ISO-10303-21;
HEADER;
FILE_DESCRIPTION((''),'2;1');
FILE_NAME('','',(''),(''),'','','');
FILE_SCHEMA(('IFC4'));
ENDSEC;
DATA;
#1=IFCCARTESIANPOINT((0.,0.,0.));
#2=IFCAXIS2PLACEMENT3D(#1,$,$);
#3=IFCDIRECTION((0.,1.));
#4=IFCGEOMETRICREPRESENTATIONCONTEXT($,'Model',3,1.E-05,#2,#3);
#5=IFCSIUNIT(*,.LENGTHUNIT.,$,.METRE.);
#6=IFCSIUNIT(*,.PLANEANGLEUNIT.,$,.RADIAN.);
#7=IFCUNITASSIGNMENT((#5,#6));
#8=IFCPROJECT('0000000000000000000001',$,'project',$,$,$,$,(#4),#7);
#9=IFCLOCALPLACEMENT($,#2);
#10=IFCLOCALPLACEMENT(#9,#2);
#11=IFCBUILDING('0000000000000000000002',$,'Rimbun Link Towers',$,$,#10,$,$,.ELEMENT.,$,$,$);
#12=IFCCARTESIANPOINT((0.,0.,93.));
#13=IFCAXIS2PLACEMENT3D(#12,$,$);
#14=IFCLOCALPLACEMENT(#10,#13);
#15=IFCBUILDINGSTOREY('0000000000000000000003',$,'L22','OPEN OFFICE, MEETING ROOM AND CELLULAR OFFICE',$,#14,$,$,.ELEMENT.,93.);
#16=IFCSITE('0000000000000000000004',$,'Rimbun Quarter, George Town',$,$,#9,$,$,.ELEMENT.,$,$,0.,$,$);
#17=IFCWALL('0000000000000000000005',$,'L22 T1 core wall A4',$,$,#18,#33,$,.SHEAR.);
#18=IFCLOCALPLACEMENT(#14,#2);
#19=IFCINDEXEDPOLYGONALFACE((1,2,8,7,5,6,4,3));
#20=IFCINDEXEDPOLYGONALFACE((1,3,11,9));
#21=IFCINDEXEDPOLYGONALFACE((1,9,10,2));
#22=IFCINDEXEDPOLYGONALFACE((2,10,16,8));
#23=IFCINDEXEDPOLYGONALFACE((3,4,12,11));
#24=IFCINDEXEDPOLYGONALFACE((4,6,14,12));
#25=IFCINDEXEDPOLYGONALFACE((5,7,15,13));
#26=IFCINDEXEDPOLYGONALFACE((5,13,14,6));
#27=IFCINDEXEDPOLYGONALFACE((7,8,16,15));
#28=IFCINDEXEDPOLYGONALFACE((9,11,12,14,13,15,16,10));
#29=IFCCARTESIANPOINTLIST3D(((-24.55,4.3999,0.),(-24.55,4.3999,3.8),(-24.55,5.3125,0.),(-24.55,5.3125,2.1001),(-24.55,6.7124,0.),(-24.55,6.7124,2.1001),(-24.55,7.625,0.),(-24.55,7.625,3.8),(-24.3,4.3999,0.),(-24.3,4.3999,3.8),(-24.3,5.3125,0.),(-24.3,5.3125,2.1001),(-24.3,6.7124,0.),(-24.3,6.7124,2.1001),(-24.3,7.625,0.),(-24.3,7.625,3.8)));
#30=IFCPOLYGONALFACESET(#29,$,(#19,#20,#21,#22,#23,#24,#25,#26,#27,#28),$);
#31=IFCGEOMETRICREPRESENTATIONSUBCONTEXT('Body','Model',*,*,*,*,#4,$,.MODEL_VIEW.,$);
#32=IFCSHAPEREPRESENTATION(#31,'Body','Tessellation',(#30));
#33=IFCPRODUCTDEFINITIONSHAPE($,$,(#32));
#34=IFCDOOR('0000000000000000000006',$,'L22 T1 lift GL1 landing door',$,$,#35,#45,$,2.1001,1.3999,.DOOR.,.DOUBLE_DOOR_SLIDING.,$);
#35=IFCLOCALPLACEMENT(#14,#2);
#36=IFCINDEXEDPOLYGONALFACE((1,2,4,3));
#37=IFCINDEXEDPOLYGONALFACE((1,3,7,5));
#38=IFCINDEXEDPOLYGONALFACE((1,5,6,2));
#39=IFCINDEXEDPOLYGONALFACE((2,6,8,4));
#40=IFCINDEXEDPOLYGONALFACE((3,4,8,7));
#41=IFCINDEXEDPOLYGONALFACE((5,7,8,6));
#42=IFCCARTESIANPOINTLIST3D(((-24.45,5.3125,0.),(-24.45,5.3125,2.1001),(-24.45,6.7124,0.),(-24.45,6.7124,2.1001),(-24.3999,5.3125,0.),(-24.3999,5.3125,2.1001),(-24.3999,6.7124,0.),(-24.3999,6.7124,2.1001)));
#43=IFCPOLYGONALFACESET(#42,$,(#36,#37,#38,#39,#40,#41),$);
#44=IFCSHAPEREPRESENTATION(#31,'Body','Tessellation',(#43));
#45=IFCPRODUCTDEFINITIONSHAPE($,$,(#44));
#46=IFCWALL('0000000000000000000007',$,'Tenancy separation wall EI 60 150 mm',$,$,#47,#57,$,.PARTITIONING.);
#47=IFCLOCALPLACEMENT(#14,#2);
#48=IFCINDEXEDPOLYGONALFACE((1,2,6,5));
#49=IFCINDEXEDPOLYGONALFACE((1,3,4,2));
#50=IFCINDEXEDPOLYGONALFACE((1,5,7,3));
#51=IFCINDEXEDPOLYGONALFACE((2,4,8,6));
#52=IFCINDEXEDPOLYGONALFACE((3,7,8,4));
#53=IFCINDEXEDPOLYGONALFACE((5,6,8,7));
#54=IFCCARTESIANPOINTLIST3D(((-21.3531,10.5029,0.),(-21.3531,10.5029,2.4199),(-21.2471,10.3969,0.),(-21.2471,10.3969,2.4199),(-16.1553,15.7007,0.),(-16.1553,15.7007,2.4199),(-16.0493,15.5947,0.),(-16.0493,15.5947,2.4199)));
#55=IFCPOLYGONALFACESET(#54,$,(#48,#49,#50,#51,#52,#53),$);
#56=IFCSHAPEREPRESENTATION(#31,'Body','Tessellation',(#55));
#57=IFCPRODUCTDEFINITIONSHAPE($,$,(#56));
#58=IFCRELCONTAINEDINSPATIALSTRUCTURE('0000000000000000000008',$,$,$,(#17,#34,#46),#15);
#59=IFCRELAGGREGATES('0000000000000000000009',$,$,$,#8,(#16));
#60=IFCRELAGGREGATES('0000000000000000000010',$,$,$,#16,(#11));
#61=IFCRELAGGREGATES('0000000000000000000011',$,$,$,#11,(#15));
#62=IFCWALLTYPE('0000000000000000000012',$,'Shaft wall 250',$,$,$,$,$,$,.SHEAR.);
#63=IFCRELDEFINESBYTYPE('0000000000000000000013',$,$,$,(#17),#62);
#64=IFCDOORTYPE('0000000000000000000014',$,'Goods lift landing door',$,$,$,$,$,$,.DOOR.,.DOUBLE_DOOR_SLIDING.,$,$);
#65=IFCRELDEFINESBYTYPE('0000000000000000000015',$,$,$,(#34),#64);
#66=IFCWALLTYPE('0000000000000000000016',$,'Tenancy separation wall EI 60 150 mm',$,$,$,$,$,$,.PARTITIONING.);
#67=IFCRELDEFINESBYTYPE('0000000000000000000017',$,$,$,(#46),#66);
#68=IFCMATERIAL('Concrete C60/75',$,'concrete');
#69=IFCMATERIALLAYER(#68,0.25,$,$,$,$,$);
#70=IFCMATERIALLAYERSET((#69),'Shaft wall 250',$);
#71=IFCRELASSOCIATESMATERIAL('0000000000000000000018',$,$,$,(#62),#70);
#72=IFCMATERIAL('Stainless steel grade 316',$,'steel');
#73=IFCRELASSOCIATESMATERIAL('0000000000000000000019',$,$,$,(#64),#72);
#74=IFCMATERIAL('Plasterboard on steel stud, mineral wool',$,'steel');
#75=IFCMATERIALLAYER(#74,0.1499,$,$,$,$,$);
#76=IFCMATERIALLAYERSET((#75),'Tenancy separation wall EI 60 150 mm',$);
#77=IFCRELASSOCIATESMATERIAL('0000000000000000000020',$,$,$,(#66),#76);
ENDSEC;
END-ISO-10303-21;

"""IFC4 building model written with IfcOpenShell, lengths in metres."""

from ifc_helpers import new_model, si_unit, direction, frame, frame_2d, origin, place, context, subcontext, project, spatial, rectangle, extrude, material, layer, layer_set, type_object, element, fill, save


model = new_model("IFC4")

# Units and contexts
model_context = context("Model", 3, precision=1e-05, world=origin(), true_north=direction((0.0, 1.0)))
body_context = subcontext(model_context, "Body", "Model", "MODEL_VIEW")
ifc_project = project(units=[si_unit("LENGTHUNIT", "METRE"), si_unit("PLANEANGLEUNIT", "RADIAN")], contexts=[model_context])

# Site, building, storey
site_placement = place(None, origin())
site = spatial("IfcSite", under=ifc_project, at=site_placement, Name="Rimbun Quarter, George Town", CompositionType="ELEMENT", RefElevation=0.0)
building_placement = place(site_placement, origin())
building = spatial("IfcBuilding", under=site, at=building_placement, Name="Rimbun Link Towers", CompositionType="ELEMENT")
storey_placement = place(building_placement, frame((0.0, 0.0, 93.0)))
storey = spatial("IfcBuildingStorey", under=building, at=storey_placement, Name="L22", Description="OPEN OFFICE, MEETING ROOM AND CELLULAR OFFICE", CompositionType="ELEMENT", Elevation=93.0)

# Shared definitions
ifc_material_1 = material(Name="Concrete C60/75", Category="concrete")
ifc_layer_1 = layer(ifc_material_1, 0.25)
ifc_layer_set_1 = layer_set([ifc_layer_1], Name="Shaft wall 250")
wall_type_1 = type_object("IfcWallType", Name="Shaft wall 250", PredefinedType="SHEAR", material=ifc_layer_set_1)

# Wall, opening, door
wall_1_placement = place(storey_placement, frame((-24.425, 4.3999, 0.0), z_axis=(0.0, 0.0, 1.0), x_axis=(0.0, 1.0, 0.0)))
wall_1 = element("IfcWall", 1, at=wall_1_placement, inside=storey, type_object=wall_type_1, Name="L22 T1 core wall A4", PredefinedType="SHEAR", context=body_context, shape_type="SweptSolid", body=[
    extrude(rectangle(XDim=3.2251, YDim=0.25, at=frame_2d((1.6125, 0.0))), origin(), (0.0, 0.0, 1.0), 3.8),
])
opening_1_placement = place(wall_1_placement, frame((0.9126, 0.0, 0.0)))
opening_1 = element("IfcOpeningElement", 2, at=opening_1_placement, cuts=wall_1, PredefinedType="OPENING", context=body_context, shape_type="SweptSolid", body=[
    extrude(rectangle(XDim=1.3999, YDim=2.1001, at=frame_2d((0.7, 1.05))), frame((0.0, 0.135, 0.0), z_axis=(0.0, -1.0, 0.0), x_axis=(1.0, 0.0, 0.0)), (0.0, 0.0, 1.0), 0.27),
])
ifc_material_2 = material(Name="Stainless steel grade 316", Category="steel")
door_type_1 = type_object("IfcDoorType", Name="Goods lift landing door", OperationType="DOUBLE_DOOR_SLIDING", PredefinedType="DOOR", material=ifc_material_2)
door_1_placement = place(opening_1_placement, origin())
door_1 = element("IfcDoor", 3, at=door_1_placement, inside=storey, type_object=door_type_1, Name="L22 T1 lift GL1 landing door", OperationType="DOUBLE_DOOR_SLIDING", OverallHeight=2.1001, OverallWidth=1.3999, PredefinedType="DOOR", context=body_context, shape_type="SweptSolid", body=[
    extrude(rectangle(XDim=1.3999, YDim=2.1001, at=frame_2d((0.7, 1.05))), frame((0.0, 0.0249, 0.0), z_axis=(0.0, -1.0, 0.0), x_axis=(1.0, 0.0, 0.0)), (0.0, 0.0, 1.0), 0.05),
])
fill(opening_1, door_1)

# Wall
ifc_material_3 = material(Name="Plasterboard on steel stud, mineral wool", Category="steel")
ifc_layer_2 = layer(ifc_material_3, 0.1499)
ifc_layer_set_2 = layer_set([ifc_layer_2], Name="Tenancy separation wall EI 60 150 mm")
wall_type_2 = type_object("IfcWallType", Name="Tenancy separation wall EI 60 150 mm", PredefinedType="PARTITIONING", material=ifc_layer_set_2)
wall_2_placement = place(storey_placement, frame((-21.3, 10.45, 0.0), z_axis=(0.0, 0.0, 1.0), x_axis=(0.707107, 0.707107, 0.0)))
element("IfcWall", 4, at=wall_2_placement, inside=storey, type_object=wall_type_2, Name="Tenancy separation wall EI 60 150 mm", PredefinedType="PARTITIONING", context=body_context, shape_type="SweptSolid", body=[
    extrude(rectangle(XDim=7.3508, YDim=0.1499, at=frame_2d((3.6753, 0.0))), origin(), (0.0, 0.0, 1.0), 2.4199),
])

save(model, "model.ifc")
